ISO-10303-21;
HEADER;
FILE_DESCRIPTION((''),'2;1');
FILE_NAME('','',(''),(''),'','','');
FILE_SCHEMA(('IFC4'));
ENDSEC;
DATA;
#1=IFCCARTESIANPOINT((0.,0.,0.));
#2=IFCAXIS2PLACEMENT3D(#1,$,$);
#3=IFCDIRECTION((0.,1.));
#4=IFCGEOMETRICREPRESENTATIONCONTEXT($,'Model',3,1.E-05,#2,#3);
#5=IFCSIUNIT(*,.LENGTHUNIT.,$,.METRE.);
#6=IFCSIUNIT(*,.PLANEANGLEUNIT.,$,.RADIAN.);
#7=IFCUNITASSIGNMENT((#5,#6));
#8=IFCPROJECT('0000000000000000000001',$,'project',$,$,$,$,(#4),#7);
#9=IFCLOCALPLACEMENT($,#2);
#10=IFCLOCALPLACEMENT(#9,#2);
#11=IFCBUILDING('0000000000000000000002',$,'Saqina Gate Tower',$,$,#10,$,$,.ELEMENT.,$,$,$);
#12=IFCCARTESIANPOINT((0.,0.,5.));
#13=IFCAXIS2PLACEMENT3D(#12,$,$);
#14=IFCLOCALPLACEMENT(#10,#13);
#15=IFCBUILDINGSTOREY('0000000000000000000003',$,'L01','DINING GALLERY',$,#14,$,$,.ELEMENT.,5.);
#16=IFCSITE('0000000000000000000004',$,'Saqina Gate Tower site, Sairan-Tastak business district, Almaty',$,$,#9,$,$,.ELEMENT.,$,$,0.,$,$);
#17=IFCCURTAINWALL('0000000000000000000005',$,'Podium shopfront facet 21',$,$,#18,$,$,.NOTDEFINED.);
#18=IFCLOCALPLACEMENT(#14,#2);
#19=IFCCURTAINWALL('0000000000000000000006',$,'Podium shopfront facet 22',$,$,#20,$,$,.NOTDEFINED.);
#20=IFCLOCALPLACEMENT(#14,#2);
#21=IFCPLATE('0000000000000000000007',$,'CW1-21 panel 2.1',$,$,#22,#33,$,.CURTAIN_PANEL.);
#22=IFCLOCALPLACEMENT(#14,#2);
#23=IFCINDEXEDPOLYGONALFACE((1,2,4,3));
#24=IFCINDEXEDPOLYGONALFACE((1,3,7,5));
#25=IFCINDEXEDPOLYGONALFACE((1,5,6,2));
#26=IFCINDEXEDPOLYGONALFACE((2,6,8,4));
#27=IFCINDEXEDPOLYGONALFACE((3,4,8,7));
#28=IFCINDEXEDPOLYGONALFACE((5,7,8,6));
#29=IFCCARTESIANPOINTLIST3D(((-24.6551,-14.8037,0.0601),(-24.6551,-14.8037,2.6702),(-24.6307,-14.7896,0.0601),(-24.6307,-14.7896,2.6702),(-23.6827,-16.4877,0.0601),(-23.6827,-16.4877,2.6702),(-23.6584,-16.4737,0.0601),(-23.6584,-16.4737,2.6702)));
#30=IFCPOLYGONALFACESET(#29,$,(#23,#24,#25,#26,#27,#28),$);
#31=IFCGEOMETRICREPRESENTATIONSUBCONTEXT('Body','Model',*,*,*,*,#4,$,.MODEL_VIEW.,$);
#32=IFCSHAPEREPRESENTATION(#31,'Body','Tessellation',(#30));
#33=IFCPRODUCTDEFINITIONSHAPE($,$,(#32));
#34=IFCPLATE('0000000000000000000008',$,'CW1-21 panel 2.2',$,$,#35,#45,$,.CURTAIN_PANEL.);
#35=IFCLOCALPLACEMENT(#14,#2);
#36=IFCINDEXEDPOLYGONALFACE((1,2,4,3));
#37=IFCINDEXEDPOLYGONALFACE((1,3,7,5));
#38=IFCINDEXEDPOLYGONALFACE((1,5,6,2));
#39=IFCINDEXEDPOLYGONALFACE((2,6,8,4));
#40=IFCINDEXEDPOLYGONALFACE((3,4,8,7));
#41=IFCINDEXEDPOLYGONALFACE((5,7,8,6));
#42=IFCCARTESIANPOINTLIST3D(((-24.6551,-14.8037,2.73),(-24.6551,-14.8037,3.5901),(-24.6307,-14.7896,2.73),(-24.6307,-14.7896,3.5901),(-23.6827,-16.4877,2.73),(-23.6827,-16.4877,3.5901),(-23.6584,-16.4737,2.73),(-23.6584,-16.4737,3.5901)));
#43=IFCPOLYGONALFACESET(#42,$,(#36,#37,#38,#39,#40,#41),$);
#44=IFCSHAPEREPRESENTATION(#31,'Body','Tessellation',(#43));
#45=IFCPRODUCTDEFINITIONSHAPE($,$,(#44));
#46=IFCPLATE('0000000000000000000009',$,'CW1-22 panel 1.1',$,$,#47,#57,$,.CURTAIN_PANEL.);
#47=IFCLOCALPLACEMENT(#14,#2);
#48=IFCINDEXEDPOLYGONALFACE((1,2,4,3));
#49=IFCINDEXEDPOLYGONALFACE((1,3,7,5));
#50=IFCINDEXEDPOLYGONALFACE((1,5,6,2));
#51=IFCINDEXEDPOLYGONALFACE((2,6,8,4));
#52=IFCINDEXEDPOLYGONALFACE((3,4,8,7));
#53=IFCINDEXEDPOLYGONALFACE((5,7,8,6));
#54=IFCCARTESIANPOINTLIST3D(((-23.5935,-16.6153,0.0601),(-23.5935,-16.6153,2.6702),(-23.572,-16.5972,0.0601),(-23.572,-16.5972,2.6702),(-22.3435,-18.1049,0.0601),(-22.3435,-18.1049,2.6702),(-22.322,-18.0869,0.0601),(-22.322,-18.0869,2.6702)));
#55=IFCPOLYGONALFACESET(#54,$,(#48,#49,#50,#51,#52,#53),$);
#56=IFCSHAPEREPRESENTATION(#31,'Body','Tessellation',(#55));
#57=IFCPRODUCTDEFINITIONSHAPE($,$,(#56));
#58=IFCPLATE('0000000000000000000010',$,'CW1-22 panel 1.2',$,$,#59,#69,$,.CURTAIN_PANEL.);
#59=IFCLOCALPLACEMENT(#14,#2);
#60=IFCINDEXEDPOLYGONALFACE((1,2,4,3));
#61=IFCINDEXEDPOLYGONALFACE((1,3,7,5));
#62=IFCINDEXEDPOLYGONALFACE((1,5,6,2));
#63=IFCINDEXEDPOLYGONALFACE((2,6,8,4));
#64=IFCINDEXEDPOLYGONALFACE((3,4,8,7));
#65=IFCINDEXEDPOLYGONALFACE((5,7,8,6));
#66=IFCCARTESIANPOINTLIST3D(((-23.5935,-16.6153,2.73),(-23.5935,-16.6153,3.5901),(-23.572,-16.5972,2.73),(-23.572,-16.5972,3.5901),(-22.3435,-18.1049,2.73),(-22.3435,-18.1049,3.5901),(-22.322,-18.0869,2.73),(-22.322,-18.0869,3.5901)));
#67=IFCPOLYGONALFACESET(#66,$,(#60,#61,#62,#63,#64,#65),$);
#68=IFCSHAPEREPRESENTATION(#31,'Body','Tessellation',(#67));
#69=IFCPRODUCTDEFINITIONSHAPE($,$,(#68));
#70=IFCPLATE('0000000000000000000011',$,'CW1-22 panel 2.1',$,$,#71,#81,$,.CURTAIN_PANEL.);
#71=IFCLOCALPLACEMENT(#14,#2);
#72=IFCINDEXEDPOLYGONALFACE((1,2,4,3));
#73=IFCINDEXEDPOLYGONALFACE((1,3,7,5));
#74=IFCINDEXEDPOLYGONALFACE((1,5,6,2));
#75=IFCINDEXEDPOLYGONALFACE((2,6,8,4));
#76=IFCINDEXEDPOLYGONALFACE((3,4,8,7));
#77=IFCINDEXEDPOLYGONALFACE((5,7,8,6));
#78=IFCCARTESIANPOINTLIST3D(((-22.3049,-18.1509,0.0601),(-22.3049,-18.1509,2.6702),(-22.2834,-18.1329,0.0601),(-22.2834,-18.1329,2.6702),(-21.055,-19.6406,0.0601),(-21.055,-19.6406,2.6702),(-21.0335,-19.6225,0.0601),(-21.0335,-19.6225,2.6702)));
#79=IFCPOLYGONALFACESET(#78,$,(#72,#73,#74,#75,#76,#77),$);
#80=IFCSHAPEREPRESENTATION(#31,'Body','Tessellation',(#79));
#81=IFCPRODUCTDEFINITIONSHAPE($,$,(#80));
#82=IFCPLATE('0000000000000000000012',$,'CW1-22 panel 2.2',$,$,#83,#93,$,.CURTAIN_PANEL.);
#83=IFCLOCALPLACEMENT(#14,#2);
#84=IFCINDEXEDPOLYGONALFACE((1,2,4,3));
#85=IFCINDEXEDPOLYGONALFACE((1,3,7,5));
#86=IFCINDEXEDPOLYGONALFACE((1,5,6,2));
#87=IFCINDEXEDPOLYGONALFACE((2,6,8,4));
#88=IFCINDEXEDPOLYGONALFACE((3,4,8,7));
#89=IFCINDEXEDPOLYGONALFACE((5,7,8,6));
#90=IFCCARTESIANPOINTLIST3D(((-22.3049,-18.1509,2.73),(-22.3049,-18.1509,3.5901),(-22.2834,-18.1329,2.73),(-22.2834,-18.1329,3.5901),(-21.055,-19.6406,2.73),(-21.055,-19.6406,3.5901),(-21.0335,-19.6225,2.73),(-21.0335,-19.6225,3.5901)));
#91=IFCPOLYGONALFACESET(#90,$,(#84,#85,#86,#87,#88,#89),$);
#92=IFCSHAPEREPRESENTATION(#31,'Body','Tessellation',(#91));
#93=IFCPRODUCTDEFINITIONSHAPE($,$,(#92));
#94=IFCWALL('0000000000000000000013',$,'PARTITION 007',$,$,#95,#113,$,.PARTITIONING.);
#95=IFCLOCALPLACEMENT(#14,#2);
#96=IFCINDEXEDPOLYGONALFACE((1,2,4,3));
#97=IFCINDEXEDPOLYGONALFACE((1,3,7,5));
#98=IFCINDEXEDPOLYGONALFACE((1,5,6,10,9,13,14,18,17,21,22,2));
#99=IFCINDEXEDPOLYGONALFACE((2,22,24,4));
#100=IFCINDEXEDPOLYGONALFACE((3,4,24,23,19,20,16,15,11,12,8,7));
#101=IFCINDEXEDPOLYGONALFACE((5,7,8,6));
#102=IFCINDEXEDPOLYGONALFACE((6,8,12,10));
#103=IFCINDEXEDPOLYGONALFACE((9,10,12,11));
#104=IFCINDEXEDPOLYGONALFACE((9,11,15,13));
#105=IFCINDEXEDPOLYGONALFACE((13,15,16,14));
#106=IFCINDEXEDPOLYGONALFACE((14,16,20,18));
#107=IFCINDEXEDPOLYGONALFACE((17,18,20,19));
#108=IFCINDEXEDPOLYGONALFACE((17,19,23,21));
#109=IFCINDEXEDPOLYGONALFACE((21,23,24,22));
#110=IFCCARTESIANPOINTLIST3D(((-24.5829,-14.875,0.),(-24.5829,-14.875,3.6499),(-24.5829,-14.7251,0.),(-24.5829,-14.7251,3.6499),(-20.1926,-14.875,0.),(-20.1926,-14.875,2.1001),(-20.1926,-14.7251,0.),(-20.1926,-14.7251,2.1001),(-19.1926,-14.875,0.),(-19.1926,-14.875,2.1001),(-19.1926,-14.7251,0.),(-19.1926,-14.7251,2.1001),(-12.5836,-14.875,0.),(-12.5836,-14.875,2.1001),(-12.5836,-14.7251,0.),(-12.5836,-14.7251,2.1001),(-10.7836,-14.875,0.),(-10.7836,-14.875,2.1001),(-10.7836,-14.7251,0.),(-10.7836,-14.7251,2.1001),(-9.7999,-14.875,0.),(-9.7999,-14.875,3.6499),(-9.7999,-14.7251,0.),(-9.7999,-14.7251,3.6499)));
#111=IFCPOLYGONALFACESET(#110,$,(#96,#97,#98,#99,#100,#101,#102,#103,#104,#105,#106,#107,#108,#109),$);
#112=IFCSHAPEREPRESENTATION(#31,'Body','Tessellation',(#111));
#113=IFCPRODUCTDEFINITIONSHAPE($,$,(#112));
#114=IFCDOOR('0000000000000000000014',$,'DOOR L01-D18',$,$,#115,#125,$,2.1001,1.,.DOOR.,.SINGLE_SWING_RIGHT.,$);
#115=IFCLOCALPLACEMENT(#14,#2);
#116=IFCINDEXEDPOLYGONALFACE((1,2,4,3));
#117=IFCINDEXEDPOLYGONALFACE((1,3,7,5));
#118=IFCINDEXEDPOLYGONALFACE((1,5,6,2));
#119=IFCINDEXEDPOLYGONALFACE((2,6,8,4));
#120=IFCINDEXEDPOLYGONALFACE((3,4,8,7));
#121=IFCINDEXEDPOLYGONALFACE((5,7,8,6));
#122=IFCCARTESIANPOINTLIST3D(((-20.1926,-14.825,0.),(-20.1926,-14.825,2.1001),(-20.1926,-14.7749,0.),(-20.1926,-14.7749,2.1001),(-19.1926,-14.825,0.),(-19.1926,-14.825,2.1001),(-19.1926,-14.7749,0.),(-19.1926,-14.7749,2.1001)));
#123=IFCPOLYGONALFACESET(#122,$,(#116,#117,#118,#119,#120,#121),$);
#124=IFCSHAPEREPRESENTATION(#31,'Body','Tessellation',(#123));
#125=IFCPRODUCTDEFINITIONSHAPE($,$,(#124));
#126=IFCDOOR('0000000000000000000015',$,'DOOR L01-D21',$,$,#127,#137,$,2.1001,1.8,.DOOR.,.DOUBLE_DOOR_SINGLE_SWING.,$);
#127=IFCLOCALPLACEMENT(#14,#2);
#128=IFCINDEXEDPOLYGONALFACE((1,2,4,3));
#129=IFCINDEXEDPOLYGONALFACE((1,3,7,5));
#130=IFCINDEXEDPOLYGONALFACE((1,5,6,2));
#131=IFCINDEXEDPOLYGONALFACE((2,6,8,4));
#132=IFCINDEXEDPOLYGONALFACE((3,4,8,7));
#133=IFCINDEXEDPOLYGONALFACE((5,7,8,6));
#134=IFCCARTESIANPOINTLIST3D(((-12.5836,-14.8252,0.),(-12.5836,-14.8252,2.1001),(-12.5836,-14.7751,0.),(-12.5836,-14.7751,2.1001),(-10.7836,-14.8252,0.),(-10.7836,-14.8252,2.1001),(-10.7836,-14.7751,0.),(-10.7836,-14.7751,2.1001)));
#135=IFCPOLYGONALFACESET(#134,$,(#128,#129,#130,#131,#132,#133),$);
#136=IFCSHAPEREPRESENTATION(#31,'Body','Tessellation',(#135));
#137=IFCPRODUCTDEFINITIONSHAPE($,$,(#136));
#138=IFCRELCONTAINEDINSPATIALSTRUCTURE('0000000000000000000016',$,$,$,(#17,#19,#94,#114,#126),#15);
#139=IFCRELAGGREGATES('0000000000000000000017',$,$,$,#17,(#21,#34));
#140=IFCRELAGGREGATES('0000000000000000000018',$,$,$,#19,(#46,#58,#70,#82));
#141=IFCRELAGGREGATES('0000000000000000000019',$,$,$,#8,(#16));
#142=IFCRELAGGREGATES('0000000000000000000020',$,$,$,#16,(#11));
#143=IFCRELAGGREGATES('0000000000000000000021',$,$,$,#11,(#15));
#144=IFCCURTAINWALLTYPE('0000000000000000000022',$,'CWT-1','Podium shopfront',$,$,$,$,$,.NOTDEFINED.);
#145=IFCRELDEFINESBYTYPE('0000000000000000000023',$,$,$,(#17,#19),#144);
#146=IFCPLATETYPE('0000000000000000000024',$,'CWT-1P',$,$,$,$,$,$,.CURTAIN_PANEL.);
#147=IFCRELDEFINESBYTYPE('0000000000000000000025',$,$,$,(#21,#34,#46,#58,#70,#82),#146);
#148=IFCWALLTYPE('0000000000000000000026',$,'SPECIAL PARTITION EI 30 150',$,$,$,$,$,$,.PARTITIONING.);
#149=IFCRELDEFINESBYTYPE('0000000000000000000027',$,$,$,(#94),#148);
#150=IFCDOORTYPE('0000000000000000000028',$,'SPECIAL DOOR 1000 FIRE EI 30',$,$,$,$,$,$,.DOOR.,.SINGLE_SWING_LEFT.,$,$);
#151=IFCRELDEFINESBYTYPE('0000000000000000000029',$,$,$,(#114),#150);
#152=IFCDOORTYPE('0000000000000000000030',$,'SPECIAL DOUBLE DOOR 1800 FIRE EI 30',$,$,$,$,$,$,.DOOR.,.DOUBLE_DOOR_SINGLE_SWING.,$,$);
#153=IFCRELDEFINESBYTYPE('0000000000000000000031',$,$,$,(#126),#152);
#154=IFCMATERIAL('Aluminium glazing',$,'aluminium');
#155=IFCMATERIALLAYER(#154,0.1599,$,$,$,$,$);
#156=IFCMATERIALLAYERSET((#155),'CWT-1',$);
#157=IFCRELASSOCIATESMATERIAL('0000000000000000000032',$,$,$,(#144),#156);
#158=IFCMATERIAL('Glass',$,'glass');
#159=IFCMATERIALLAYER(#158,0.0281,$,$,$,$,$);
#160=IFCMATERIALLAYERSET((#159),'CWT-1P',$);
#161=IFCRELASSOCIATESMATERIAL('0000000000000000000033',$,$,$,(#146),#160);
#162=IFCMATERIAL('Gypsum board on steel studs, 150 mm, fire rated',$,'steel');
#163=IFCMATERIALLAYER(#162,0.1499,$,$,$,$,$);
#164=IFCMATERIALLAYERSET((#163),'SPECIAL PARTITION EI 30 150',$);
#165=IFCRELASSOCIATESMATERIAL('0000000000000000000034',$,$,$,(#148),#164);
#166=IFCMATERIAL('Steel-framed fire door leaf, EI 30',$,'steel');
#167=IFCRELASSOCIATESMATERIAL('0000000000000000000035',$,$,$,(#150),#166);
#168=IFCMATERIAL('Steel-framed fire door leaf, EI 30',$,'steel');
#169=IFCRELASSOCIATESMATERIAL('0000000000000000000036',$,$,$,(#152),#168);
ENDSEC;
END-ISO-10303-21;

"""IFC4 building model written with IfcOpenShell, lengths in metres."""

from ifc_helpers import new_model, si_unit, direction, frame, frame_2d, origin, origin_2d, place, context, subcontext, project, spatial, rectangle, extrude, material, layer, layer_set, type_object, element, fill, aggregate, save


model = new_model("IFC4")

# Units and contexts
model_context = context("Model", 3, precision=1e-05, world=origin(), true_north=direction((0.0, 1.0)))
body_context = subcontext(model_context, "Body", "Model", "MODEL_VIEW")
ifc_project = project(units=[si_unit("LENGTHUNIT", "METRE"), si_unit("PLANEANGLEUNIT", "RADIAN")], contexts=[model_context])

# Site, building, storey
site_placement = place(None, origin())
site = spatial("IfcSite", under=ifc_project, at=site_placement, Name="Saqina Gate Tower site, Sairan-Tastak business district, Almaty", CompositionType="ELEMENT", RefElevation=0.0)
building_placement = place(site_placement, origin())
building = spatial("IfcBuilding", under=site, at=building_placement, Name="Saqina Gate Tower", CompositionType="ELEMENT")
storey_placement = place(building_placement, frame((0.0, 0.0, 5.0)))
storey = spatial("IfcBuildingStorey", under=building, at=storey_placement, Name="L01", Description="DINING GALLERY", CompositionType="ELEMENT", Elevation=5.0)

# Curtain wall
ifc_material_1 = material(Name="Aluminium glazing", Category="aluminium")
ifc_layer_1 = layer(ifc_material_1, 0.1599)
ifc_layer_set_1 = layer_set([ifc_layer_1], Name="CWT-1")
curtain_wall_type = type_object("IfcCurtainWallType", Name="CWT-1", Description="Podium shopfront", PredefinedType="NOTDEFINED", material=ifc_layer_set_1)
curtain_wall_1_placement = place(storey_placement, origin())
curtain_wall_1 = element("IfcCurtainWall", 1, at=curtain_wall_1_placement, inside=storey, type_object=curtain_wall_type, Name="Podium shopfront facet 21", PredefinedType="NOTDEFINED")

# Curtain wall
curtain_wall_2_placement = place(storey_placement, origin())
curtain_wall_2 = element("IfcCurtainWall", 2, at=curtain_wall_2_placement, inside=storey, type_object=curtain_wall_type, Name="Podium shopfront facet 22", PredefinedType="NOTDEFINED")

# Plates
ifc_material_2 = material(Name="Glass", Category="glass")
ifc_layer_2 = layer(ifc_material_2, 0.0281)
ifc_layer_set_2 = layer_set([ifc_layer_2], Name="CWT-1P")
plate_type = type_object("IfcPlateType", Name="CWT-1P", PredefinedType="CURTAIN_PANEL", material=ifc_layer_set_2)
plate_1_placement = place(storey_placement, frame((-24.1567, -15.6387, 0.0601), z_axis=(0.0, 0.0, 1.0), x_axis=(0.500014, -0.866017, 0.0)))
plate_1 = element("IfcPlate", 3, at=plate_1_placement, type_object=plate_type, Name="CW1-21 panel 2.1", PredefinedType="CURTAIN_PANEL", context=body_context, shape_type="SweptSolid", body=[
    extrude(rectangle(XDim=1.9446, YDim=0.0281, at=origin_2d()), origin(), (0.0, 0.0, 1.0), 2.6101),
])
plate_2_placement = place(storey_placement, frame((-24.1567, -15.6387, 2.73), z_axis=(0.0, 0.0, 1.0), x_axis=(0.500014, -0.866017, 0.0)))
plate_2 = element("IfcPlate", 4, at=plate_2_placement, type_object=plate_type, Name="CW1-21 panel 2.2", PredefinedType="CURTAIN_PANEL", context=body_context, shape_type="SweptSolid", body=[
    extrude(rectangle(XDim=1.9446, YDim=0.0281, at=origin_2d()), origin(), (0.0, 0.0, 1.0), 0.8601),
])
aggregate(curtain_wall_1, [plate_1, plate_2])
plate_3_placement = place(storey_placement, frame((-22.9578, -17.3511, 0.0601), z_axis=(0.0, 0.0, 1.0), x_axis=(0.642779, -0.766051, 0.0)))
plate_3 = element("IfcPlate", 5, at=plate_3_placement, type_object=plate_type, Name="CW1-22 panel 1.1", PredefinedType="CURTAIN_PANEL", context=body_context, shape_type="SweptSolid", body=[
    extrude(rectangle(XDim=1.9446, YDim=0.0281, at=origin_2d()), origin(), (0.0, 0.0, 1.0), 2.6101),
])
plate_4_placement = place(storey_placement, frame((-22.9578, -17.3511, 2.73), z_axis=(0.0, 0.0, 1.0), x_axis=(0.642779, -0.766051, 0.0)))
plate_4 = element("IfcPlate", 6, at=plate_4_placement, type_object=plate_type, Name="CW1-22 panel 1.2", PredefinedType="CURTAIN_PANEL", context=body_context, shape_type="SweptSolid", body=[
    extrude(rectangle(XDim=1.9446, YDim=0.0281, at=origin_2d()), origin(), (0.0, 0.0, 1.0), 0.8601),
])
plate_5_placement = place(storey_placement, frame((-21.6692, -18.8867, 0.0601), z_axis=(0.0, 0.0, 1.0), x_axis=(0.642779, -0.766051, 0.0)))
plate_5 = element("IfcPlate", 7, at=plate_5_placement, type_object=plate_type, Name="CW1-22 panel 2.1", PredefinedType="CURTAIN_PANEL", context=body_context, shape_type="SweptSolid", body=[
    extrude(rectangle(XDim=1.9446, YDim=0.0281, at=origin_2d()), origin(), (0.0, 0.0, 1.0), 2.6101),
])
plate_6_placement = place(storey_placement, frame((-21.6692, -18.8867, 2.73), z_axis=(0.0, 0.0, 1.0), x_axis=(0.642779, -0.766051, 0.0)))
plate_6 = element("IfcPlate", 8, at=plate_6_placement, type_object=plate_type, Name="CW1-22 panel 2.2", PredefinedType="CURTAIN_PANEL", context=body_context, shape_type="SweptSolid", body=[
    extrude(rectangle(XDim=1.9446, YDim=0.0281, at=origin_2d()), origin(), (0.0, 0.0, 1.0), 0.8601),
])
aggregate(curtain_wall_2, [plate_3, plate_4, plate_5, plate_6])

# Wall, openings, doors
ifc_material_3 = material(Name="Gypsum board on steel studs, 150 mm, fire rated", Category="steel")
ifc_layer_3 = layer(ifc_material_3, 0.1499)
ifc_layer_set_3 = layer_set([ifc_layer_3], Name="SPECIAL PARTITION EI 30 150")
wall_type = type_object("IfcWallType", Name="SPECIAL PARTITION EI 30 150", PredefinedType="PARTITIONING", material=ifc_layer_set_3)
wall_placement = place(storey_placement, frame((-24.583, -14.8, 0.0), z_axis=(0.0, 0.0, 1.0), x_axis=(1.0, 0.0, 0.0)))
wall = element("IfcWall", 9, at=wall_placement, inside=storey, type_object=wall_type, Name="PARTITION 007", PredefinedType="PARTITIONING", context=body_context, shape_type="SweptSolid", body=[
    extrude(rectangle(XDim=14.783, YDim=0.1499, at=frame_2d((7.3916, 0.0))), origin(), (0.0, 0.0, 1.0), 3.6499),
])
opening_1_placement = place(wall_placement, frame((4.3904, 0.0, 0.0)))
opening_1 = element("IfcOpeningElement", 10, at=opening_1_placement, cuts=wall, PredefinedType="OPENING", context=body_context, shape_type="SweptSolid", body=[
    extrude(rectangle(XDim=1.0, YDim=2.1001, at=frame_2d((0.5, 1.05))), frame((0.0, 0.0869, 0.0), z_axis=(0.0, -1.0, 0.0), x_axis=(1.0, 0.0, 0.0)), (0.0, 0.0, 1.0), 0.1738),
])
opening_2_placement = place(wall_placement, frame((11.9995, 0.0, 0.0)))
opening_2 = element("IfcOpeningElement", 11, at=opening_2_placement, cuts=wall, PredefinedType="OPENING", context=body_context, shape_type="SweptSolid", body=[
    extrude(rectangle(XDim=1.8, YDim=2.1001, at=frame_2d((0.8999, 1.05))), frame((0.0, 0.0869, 0.0), z_axis=(0.0, -1.0, 0.0), x_axis=(1.0, 0.0, 0.0)), (0.0, 0.0, 1.0), 0.1738),
])
ifc_material_4 = material(Name="Steel-framed fire door leaf, EI 30", Category="steel")
door_type_1 = type_object("IfcDoorType", Name="SPECIAL DOOR 1000 FIRE EI 30", OperationType="SINGLE_SWING_LEFT", PredefinedType="DOOR", material=ifc_material_4)
door_1_placement = place(opening_1_placement, frame((1.0, 0.0, 0.0), z_axis=(0.0, 0.0, 1.0), x_axis=(-1.0, 0.0, 0.0)))
door_1 = element("IfcDoor", 12, at=door_1_placement, inside=storey, type_object=door_type_1, Name="DOOR L01-D18", OperationType="SINGLE_SWING_RIGHT", OverallHeight=2.1001, OverallWidth=1.0, PredefinedType="DOOR", context=body_context, shape_type="SweptSolid", body=[
    extrude(rectangle(XDim=1.0, YDim=2.1001, at=frame_2d((0.5, 1.05))), frame((0.0, 0.0249, 0.0), z_axis=(0.0, -1.0, 0.0), x_axis=(1.0, 0.0, 0.0)), (0.0, 0.0, 1.0), 0.05),
])
fill(opening_1, door_1)
ifc_material_5 = material(Name="Steel-framed fire door leaf, EI 30", Category="steel")
door_type_2 = type_object("IfcDoorType", Name="SPECIAL DOUBLE DOOR 1800 FIRE EI 30", OperationType="DOUBLE_DOOR_SINGLE_SWING", PredefinedType="DOOR", material=ifc_material_5)
door_2_placement = place(opening_2_placement, origin())
door_2 = element("IfcDoor", 13, at=door_2_placement, inside=storey, type_object=door_type_2, Name="DOOR L01-D21", OperationType="DOUBLE_DOOR_SINGLE_SWING", OverallHeight=2.1001, OverallWidth=1.8, PredefinedType="DOOR", context=body_context, shape_type="SweptSolid", body=[
    extrude(rectangle(XDim=1.8, YDim=2.1001, at=frame_2d((0.8999, 1.05))), frame((0.0, 0.0249, 0.0), z_axis=(0.0, -1.0, 0.0), x_axis=(1.0, 0.0, 0.0)), (0.0, 0.0, 1.0), 0.05),
])
fill(opening_2, door_2)

save(model, "model.ifc")
